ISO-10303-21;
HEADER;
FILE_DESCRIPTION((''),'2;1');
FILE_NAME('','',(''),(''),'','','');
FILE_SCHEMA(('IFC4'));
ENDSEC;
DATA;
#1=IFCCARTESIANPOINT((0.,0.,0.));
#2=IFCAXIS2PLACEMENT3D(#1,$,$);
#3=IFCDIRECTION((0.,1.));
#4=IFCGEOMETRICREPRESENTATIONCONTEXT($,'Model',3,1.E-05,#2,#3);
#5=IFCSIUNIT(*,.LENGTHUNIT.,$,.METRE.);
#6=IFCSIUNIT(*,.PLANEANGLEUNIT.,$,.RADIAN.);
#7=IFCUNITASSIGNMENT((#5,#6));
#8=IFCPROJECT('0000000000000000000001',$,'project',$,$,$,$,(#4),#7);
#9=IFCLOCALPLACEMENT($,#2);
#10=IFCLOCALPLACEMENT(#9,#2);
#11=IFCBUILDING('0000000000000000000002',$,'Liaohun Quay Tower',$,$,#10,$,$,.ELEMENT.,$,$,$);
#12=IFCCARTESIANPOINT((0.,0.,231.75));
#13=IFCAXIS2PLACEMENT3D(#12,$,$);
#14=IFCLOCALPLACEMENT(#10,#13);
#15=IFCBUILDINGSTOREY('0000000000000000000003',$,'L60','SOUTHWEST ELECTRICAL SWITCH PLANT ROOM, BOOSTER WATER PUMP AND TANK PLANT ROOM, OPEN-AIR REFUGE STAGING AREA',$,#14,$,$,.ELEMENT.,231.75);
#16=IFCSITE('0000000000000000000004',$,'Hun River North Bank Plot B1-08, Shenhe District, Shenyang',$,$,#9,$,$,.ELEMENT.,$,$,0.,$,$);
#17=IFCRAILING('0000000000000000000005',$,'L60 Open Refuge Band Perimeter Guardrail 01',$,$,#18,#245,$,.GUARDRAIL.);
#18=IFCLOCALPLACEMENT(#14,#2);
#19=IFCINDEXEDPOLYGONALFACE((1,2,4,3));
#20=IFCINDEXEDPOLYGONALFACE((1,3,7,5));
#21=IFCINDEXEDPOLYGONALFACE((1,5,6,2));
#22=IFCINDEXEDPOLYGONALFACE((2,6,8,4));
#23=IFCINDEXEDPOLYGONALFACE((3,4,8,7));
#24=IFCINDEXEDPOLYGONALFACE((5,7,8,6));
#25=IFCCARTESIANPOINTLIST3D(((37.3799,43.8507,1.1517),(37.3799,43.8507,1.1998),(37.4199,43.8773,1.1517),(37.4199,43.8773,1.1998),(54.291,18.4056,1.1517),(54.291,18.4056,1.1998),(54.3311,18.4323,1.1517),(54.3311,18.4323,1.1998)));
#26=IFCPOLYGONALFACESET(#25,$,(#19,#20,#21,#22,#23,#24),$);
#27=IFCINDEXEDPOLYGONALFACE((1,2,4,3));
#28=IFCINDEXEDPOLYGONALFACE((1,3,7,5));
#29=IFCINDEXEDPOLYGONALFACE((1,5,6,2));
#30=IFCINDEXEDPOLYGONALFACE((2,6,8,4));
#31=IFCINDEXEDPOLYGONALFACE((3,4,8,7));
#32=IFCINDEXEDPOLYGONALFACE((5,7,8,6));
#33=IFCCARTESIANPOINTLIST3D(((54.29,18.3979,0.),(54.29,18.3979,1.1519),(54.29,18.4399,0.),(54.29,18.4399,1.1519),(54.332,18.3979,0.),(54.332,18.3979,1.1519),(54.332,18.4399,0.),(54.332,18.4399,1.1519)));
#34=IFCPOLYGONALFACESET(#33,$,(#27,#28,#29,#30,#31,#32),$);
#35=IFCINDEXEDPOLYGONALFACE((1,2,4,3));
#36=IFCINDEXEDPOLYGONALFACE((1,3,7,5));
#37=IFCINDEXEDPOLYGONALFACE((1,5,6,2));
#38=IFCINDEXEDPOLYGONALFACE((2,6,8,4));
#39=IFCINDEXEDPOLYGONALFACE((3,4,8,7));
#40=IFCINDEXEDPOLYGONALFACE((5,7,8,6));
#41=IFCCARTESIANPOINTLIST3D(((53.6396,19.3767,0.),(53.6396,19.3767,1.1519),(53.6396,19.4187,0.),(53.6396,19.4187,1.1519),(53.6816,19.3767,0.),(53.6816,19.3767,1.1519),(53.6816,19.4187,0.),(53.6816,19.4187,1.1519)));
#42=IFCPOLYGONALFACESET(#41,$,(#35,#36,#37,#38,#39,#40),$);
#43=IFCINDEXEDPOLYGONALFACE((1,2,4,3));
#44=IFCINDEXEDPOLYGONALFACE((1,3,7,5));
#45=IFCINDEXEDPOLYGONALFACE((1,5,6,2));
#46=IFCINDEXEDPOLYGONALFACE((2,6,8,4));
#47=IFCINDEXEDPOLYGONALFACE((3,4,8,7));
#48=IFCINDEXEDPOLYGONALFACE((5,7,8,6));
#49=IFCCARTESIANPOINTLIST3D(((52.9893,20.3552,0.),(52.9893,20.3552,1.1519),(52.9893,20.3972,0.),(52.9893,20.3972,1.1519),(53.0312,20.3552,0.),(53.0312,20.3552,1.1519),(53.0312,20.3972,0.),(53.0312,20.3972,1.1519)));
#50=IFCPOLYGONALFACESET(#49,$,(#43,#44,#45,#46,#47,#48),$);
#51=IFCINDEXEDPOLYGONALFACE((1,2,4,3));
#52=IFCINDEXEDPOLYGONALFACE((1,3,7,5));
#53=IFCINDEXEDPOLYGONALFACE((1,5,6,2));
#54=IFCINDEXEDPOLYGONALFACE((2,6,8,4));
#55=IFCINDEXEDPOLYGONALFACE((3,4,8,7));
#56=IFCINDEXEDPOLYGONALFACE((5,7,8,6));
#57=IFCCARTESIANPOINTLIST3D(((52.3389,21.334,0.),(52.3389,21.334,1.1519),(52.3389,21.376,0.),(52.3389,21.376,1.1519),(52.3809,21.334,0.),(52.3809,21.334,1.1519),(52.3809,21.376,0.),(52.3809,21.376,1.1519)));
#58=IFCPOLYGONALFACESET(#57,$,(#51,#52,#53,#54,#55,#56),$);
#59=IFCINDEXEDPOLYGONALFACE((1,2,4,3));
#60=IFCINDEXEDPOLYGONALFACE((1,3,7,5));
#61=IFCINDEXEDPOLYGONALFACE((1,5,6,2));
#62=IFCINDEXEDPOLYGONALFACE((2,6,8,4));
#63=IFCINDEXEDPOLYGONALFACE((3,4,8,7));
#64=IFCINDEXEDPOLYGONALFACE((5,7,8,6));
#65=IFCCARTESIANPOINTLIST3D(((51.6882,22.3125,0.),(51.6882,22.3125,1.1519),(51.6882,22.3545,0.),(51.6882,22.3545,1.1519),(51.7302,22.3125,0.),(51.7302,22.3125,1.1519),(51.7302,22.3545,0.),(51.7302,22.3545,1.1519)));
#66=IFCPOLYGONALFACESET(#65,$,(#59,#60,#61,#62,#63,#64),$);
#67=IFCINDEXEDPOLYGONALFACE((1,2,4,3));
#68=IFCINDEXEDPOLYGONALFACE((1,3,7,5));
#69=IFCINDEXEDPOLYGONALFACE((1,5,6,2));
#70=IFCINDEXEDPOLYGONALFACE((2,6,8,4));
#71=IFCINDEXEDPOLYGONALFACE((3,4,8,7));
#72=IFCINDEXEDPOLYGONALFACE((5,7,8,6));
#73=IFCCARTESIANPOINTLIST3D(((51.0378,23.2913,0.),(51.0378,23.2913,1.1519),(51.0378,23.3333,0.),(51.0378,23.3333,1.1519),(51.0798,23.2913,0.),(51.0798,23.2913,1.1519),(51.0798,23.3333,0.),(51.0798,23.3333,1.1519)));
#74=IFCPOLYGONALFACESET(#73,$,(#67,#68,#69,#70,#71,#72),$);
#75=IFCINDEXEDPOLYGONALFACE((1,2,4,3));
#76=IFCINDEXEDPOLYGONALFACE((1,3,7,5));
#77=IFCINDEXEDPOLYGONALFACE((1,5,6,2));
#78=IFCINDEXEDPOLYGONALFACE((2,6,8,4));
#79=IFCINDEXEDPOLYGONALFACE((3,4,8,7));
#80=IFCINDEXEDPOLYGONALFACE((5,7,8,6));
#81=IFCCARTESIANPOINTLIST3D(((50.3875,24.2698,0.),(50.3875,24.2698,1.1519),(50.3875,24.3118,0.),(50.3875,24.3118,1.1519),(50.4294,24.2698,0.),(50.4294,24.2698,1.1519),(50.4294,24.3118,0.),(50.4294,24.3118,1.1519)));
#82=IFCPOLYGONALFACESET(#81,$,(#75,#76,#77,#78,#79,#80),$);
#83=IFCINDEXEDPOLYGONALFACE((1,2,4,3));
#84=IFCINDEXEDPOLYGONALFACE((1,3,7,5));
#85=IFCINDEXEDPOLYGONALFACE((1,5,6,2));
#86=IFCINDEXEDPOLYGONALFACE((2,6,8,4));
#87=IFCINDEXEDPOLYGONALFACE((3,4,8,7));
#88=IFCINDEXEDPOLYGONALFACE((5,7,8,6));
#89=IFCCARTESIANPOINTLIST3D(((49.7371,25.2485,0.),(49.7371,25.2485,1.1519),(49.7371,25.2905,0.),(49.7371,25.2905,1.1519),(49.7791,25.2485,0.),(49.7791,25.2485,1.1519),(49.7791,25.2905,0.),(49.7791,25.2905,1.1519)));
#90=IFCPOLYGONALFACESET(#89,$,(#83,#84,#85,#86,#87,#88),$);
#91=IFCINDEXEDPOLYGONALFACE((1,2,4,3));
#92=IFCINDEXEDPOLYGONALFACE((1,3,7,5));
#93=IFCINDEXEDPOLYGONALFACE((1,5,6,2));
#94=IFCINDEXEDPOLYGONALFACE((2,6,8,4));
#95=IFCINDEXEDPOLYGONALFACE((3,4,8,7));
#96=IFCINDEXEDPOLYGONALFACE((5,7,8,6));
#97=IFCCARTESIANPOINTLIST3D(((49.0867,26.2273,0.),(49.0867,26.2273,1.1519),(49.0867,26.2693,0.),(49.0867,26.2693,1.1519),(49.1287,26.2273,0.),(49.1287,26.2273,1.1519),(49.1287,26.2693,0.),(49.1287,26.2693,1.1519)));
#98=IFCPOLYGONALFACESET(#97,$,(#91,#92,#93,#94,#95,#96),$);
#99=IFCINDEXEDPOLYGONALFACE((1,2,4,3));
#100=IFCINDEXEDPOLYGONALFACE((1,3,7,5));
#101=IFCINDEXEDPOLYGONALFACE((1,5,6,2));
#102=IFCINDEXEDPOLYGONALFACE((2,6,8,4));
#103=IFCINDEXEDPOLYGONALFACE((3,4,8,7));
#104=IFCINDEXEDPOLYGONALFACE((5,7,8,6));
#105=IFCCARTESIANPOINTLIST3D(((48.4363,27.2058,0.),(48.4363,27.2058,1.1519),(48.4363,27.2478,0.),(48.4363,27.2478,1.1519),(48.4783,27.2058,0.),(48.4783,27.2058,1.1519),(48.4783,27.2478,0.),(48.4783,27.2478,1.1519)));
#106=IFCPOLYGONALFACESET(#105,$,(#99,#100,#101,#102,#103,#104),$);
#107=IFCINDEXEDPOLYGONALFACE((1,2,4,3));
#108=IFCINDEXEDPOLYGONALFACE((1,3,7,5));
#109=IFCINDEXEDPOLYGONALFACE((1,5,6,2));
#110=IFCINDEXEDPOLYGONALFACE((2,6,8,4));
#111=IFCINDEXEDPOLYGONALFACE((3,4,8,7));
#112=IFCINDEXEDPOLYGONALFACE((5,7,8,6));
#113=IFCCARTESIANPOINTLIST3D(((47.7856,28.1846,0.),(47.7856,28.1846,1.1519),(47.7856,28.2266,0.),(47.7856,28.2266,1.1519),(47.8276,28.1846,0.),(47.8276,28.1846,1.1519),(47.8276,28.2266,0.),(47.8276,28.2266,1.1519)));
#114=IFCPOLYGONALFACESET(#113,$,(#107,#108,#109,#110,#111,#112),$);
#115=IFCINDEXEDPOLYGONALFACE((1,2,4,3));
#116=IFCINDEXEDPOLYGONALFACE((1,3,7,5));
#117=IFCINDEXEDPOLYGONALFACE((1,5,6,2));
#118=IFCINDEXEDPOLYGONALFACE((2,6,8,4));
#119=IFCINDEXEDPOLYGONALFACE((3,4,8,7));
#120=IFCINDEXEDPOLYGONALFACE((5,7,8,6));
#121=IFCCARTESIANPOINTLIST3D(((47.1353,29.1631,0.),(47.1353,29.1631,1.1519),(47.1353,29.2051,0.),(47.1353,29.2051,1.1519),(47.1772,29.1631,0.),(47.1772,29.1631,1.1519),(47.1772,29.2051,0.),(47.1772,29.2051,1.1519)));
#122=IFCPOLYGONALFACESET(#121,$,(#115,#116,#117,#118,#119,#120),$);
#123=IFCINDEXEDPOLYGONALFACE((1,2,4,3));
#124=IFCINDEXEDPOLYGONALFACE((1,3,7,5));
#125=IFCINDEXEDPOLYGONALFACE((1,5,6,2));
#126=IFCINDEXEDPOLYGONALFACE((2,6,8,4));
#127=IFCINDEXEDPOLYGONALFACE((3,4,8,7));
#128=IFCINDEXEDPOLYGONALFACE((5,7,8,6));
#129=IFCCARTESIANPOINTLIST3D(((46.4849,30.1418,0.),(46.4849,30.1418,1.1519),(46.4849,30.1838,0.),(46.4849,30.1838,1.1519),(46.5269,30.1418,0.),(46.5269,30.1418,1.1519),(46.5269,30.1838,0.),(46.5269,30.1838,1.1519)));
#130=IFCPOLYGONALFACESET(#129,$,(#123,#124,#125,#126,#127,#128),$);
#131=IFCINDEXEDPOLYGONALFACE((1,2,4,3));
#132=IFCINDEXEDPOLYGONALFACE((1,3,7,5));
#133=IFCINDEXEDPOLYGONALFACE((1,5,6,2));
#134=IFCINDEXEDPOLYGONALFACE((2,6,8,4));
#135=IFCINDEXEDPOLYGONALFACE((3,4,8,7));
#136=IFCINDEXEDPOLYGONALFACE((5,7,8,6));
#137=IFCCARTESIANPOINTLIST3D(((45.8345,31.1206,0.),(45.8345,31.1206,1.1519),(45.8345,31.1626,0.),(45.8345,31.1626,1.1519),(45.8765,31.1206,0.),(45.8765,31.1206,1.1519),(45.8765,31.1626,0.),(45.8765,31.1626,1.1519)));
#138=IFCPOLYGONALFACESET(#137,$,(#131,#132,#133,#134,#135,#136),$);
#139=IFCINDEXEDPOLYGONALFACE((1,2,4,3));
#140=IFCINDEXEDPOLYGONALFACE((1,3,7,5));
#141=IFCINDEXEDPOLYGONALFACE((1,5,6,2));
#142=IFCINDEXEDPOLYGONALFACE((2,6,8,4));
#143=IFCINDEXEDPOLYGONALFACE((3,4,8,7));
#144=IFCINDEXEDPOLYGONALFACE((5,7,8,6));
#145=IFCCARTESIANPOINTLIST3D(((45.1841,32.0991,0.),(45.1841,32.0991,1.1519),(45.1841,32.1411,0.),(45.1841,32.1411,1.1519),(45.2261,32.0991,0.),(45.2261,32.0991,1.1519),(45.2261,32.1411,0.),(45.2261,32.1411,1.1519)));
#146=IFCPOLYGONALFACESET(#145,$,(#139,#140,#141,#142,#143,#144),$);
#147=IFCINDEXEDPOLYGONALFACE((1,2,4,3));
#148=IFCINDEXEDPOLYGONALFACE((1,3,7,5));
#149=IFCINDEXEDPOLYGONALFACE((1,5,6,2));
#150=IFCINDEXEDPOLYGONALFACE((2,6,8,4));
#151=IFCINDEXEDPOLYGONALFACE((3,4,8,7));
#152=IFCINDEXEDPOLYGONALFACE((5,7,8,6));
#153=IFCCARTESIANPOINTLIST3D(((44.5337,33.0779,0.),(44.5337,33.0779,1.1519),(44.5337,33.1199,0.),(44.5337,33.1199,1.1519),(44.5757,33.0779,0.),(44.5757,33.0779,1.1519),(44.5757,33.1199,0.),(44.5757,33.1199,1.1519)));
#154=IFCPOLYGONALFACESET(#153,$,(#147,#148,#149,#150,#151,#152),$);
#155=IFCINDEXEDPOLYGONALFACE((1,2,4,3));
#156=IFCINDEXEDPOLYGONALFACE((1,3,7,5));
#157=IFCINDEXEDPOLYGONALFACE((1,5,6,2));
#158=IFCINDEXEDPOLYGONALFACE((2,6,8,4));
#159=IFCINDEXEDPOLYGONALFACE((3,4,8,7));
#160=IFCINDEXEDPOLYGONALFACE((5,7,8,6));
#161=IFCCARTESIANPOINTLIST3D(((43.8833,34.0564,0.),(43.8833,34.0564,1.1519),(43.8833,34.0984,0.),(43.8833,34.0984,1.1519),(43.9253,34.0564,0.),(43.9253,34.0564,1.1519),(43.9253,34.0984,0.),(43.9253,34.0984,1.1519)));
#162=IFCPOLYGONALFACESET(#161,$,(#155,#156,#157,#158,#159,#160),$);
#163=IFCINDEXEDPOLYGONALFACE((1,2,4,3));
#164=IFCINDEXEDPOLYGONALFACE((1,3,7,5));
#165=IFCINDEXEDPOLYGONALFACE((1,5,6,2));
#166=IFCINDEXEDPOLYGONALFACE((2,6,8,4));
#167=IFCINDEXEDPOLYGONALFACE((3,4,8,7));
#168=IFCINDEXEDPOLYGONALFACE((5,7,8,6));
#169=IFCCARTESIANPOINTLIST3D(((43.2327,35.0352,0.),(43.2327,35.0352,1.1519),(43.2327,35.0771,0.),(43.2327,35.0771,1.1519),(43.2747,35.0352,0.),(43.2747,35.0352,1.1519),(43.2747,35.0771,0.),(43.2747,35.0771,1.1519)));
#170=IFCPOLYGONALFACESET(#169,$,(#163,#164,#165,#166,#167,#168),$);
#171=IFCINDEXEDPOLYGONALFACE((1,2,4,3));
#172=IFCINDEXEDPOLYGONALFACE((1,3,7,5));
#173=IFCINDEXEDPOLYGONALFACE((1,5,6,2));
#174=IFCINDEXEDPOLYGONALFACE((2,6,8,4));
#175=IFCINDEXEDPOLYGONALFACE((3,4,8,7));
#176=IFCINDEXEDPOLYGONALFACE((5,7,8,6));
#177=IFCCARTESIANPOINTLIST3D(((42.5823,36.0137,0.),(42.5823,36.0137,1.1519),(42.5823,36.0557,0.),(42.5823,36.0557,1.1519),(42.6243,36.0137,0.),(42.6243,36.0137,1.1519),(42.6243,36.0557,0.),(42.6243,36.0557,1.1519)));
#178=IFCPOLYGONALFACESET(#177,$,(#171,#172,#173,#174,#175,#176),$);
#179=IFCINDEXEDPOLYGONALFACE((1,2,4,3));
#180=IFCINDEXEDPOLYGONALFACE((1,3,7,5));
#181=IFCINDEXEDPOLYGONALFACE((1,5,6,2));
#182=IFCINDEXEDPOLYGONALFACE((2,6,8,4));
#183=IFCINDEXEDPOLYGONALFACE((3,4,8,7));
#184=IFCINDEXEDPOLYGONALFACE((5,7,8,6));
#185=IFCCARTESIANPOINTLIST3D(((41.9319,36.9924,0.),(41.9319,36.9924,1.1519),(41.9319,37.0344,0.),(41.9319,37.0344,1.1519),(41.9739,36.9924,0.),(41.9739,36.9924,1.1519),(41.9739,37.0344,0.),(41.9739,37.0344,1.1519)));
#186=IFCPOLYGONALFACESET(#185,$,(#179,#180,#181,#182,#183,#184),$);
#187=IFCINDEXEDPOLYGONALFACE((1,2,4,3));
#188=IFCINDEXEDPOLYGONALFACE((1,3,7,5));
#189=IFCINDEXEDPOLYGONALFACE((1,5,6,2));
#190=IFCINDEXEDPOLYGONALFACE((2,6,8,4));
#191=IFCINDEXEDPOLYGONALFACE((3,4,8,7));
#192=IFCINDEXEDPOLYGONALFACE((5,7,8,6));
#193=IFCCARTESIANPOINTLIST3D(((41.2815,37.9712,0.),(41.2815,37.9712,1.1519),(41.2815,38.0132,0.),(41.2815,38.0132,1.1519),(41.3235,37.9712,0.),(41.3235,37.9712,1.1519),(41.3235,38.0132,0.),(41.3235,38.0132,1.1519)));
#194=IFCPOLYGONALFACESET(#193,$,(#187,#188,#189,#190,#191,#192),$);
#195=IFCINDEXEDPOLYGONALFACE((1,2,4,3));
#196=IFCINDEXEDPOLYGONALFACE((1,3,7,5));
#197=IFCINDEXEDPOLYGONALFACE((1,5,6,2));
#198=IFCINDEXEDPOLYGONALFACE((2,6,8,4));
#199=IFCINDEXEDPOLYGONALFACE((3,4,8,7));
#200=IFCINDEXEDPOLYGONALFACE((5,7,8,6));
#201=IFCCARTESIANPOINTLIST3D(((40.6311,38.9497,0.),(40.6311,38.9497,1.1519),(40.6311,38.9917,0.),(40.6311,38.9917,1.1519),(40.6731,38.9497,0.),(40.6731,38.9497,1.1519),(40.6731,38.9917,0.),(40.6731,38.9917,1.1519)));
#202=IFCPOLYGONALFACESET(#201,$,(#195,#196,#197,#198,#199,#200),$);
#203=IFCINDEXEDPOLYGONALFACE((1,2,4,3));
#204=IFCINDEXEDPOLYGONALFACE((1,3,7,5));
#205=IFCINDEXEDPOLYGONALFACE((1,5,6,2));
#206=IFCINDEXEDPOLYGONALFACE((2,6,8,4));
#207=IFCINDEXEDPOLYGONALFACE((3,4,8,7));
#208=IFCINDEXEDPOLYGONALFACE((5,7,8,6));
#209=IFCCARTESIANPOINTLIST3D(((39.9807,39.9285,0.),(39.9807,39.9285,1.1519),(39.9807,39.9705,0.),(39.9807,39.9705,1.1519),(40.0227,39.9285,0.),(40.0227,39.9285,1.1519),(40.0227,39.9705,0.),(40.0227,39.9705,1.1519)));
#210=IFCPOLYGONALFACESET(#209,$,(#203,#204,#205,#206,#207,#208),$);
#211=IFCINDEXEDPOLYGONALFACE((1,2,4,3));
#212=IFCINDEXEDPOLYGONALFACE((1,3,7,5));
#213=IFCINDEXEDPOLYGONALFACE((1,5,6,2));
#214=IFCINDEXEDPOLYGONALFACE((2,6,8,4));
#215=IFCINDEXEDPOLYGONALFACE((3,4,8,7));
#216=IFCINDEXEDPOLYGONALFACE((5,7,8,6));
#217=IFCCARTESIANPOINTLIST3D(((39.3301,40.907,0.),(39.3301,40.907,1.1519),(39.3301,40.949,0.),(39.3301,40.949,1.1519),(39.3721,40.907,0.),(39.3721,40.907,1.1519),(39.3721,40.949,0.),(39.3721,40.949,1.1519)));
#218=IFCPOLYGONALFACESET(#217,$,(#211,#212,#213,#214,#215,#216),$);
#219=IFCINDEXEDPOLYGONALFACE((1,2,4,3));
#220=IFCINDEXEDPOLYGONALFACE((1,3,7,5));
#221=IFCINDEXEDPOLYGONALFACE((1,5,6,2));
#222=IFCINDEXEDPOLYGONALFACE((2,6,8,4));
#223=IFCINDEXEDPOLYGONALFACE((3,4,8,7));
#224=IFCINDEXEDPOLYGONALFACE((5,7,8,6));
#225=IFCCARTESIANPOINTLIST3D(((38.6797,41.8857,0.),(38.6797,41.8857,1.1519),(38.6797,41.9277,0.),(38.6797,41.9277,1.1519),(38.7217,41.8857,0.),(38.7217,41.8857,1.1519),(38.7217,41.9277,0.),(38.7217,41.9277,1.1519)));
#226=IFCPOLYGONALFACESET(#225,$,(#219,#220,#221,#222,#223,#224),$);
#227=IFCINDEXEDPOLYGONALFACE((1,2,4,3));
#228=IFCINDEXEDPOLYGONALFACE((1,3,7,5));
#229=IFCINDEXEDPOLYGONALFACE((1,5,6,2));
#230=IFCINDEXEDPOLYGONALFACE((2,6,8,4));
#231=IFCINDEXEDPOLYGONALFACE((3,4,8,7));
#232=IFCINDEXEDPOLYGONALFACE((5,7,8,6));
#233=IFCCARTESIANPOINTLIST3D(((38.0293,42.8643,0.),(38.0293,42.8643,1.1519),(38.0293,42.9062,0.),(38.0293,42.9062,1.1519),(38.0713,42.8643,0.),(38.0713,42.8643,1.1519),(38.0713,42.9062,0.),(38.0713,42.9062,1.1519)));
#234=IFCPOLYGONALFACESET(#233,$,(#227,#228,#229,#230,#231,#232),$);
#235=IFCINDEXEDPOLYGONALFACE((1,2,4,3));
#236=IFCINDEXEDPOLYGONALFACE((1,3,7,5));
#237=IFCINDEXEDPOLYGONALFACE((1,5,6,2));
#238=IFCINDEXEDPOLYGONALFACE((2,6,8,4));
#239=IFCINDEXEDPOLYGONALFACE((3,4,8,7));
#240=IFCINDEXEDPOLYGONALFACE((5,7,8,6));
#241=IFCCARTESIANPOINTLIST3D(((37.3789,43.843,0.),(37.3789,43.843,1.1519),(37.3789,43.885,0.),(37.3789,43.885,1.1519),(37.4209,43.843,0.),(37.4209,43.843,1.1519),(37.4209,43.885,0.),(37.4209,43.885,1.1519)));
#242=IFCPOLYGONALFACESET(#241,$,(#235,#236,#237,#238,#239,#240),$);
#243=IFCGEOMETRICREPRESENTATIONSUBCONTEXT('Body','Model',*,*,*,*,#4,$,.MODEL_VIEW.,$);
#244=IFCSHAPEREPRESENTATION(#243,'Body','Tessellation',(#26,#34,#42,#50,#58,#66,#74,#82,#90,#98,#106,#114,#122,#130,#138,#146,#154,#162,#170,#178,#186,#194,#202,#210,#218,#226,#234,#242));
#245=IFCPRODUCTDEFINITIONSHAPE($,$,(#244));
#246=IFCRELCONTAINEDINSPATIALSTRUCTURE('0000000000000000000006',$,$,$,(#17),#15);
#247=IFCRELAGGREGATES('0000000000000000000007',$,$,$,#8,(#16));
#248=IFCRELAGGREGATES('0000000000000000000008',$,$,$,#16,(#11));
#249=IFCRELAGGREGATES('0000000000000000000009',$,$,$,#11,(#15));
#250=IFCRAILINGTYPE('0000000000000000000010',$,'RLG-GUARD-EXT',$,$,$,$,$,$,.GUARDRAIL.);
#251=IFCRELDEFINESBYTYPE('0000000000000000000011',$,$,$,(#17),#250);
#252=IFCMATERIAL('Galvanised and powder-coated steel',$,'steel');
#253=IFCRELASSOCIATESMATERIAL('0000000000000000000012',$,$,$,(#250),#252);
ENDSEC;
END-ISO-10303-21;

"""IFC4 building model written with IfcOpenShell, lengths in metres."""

from ifc_helpers import new_model, si_unit, direction, frame, origin, origin_2d, place, context, subcontext, project, spatial, rectangle, extrude, material, type_object, element, save


model = new_model("IFC4")

# Units and contexts
model_context = context("Model", 3, precision=1e-05, world=origin(), true_north=direction((0.0, 1.0)))
body_context = subcontext(model_context, "Body", "Model", "MODEL_VIEW")
ifc_project = project(units=[si_unit("LENGTHUNIT", "METRE"), si_unit("PLANEANGLEUNIT", "RADIAN")], contexts=[model_context])

# Site, building, storey
site_placement = place(None, origin())
site = spatial("IfcSite", under=ifc_project, at=site_placement, Name="Hun River North Bank Plot B1-08, Shenhe District, Shenyang", CompositionType="ELEMENT", RefElevation=0.0)
building_placement = place(site_placement, origin())
building = spatial("IfcBuilding", under=site, at=building_placement, Name="Liaohun Quay Tower", CompositionType="ELEMENT")
storey_placement = place(building_placement, frame((0.0, 0.0, 231.75)))
storey = spatial("IfcBuildingStorey", under=building, at=storey_placement, Name="L60", Description="SOUTHWEST ELECTRICAL SWITCH PLANT ROOM, BOOSTER WATER PUMP AND TANK PLANT ROOM, OPEN-AIR REFUGE STAGING AREA", CompositionType="ELEMENT", Elevation=231.75)

# Railing
ifc_material_1 = material(Name="Galvanised and powder-coated steel", Category="steel")
railing_type = type_object("IfcRailingType", Name="RLG-GUARD-EXT", PredefinedType="GUARDRAIL", material=ifc_material_1)
railing_placement = place(storey_placement, frame((54.311, 18.4189, 0.0)))
element("IfcRailing", 1, at=railing_placement, inside=storey, type_object=railing_type, Name="L60 Open Refuge Band Perimeter Guardrail 01", PredefinedType="GUARDRAIL", context=body_context, shape_type="SweptSolid", body=[
    extrude(rectangle(XDim=0.0481, YDim=0.0481, at=origin_2d()), frame((0.0, 0.0, 1.1758), z_axis=(-0.553516, 0.832839, 0.0), x_axis=(-0.832839, -0.553516, 0.0)), (0.0, 0.0, 1.0), 30.5522),
    extrude(rectangle(XDim=0.042, YDim=0.042, at=origin_2d()), origin(), (0.0, 0.0, 1.0), 1.1519),
    extrude(rectangle(XDim=0.042, YDim=0.042, at=origin_2d()), frame((-0.6504, 0.9788, 0.0)), (0.0, 0.0, 1.0), 1.1519),
    extrude(rectangle(XDim=0.042, YDim=0.042, at=origin_2d()), frame((-1.3008, 1.9573, 0.0)), (0.0, 0.0, 1.0), 1.1519),
    extrude(rectangle(XDim=0.042, YDim=0.042, at=origin_2d()), frame((-1.9512, 2.936, 0.0)), (0.0, 0.0, 1.0), 1.1519),
    extrude(rectangle(XDim=0.042, YDim=0.042, at=origin_2d()), frame((-2.6018, 3.9146, 0.0)), (0.0, 0.0, 1.0), 1.1519),
    extrude(rectangle(XDim=0.042, YDim=0.042, at=origin_2d()), frame((-3.2522, 4.8933, 0.0)), (0.0, 0.0, 1.0), 1.1519),
    extrude(rectangle(XDim=0.042, YDim=0.042, at=origin_2d()), frame((-3.9026, 5.8718, 0.0)), (0.0, 0.0, 1.0), 1.1519),
    extrude(rectangle(XDim=0.042, YDim=0.042, at=origin_2d()), frame((-4.553, 6.8506, 0.0)), (0.0, 0.0, 1.0), 1.1519),
    extrude(rectangle(XDim=0.042, YDim=0.042, at=origin_2d()), frame((-5.2034, 7.8293, 0.0)), (0.0, 0.0, 1.0), 1.1519),
    extrude(rectangle(XDim=0.042, YDim=0.042, at=origin_2d()), frame((-5.8538, 8.8079, 0.0)), (0.0, 0.0, 1.0), 1.1519),
    extrude(rectangle(XDim=0.042, YDim=0.042, at=origin_2d()), frame((-6.5044, 9.7866, 0.0)), (0.0, 0.0, 1.0), 1.1519),
    extrude(rectangle(XDim=0.042, YDim=0.042, at=origin_2d()), frame((-7.1548, 10.7651, 0.0)), (0.0, 0.0, 1.0), 1.1519),
    extrude(rectangle(XDim=0.042, YDim=0.042, at=origin_2d()), frame((-7.8052, 11.7439, 0.0)), (0.0, 0.0, 1.0), 1.1519),
    extrude(rectangle(XDim=0.042, YDim=0.042, at=origin_2d()), frame((-8.4556, 12.7227, 0.0)), (0.0, 0.0, 1.0), 1.1519),
    extrude(rectangle(XDim=0.042, YDim=0.042, at=origin_2d()), frame((-9.106, 13.7012, 0.0)), (0.0, 0.0, 1.0), 1.1519),
    extrude(rectangle(XDim=0.042, YDim=0.042, at=origin_2d()), frame((-9.7563, 14.6799, 0.0)), (0.0, 0.0, 1.0), 1.1519),
    extrude(rectangle(XDim=0.042, YDim=0.042, at=origin_2d()), frame((-10.4067, 15.6584, 0.0)), (0.0, 0.0, 1.0), 1.1519),
    extrude(rectangle(XDim=0.042, YDim=0.042, at=origin_2d()), frame((-11.0574, 16.6372, 0.0)), (0.0, 0.0, 1.0), 1.1519),
    extrude(rectangle(XDim=0.042, YDim=0.042, at=origin_2d()), frame((-11.7078, 17.6157, 0.0)), (0.0, 0.0, 1.0), 1.1519),
    extrude(rectangle(XDim=0.042, YDim=0.042, at=origin_2d()), frame((-12.3582, 18.5945, 0.0)), (0.0, 0.0, 1.0), 1.1519),
    extrude(rectangle(XDim=0.042, YDim=0.042, at=origin_2d()), frame((-13.0085, 19.5732, 0.0)), (0.0, 0.0, 1.0), 1.1519),
    extrude(rectangle(XDim=0.042, YDim=0.042, at=origin_2d()), frame((-13.6589, 20.5518, 0.0)), (0.0, 0.0, 1.0), 1.1519),
    extrude(rectangle(XDim=0.042, YDim=0.042, at=origin_2d()), frame((-14.3093, 21.5305, 0.0)), (0.0, 0.0, 1.0), 1.1519),
    extrude(rectangle(XDim=0.042, YDim=0.042, at=origin_2d()), frame((-14.96, 22.509, 0.0)), (0.0, 0.0, 1.0), 1.1519),
    extrude(rectangle(XDim=0.042, YDim=0.042, at=origin_2d()), frame((-15.6104, 23.4878, 0.0)), (0.0, 0.0, 1.0), 1.1519),
    extrude(rectangle(XDim=0.042, YDim=0.042, at=origin_2d()), frame((-16.2607, 24.4663, 0.0)), (0.0, 0.0, 1.0), 1.1519),
    extrude(rectangle(XDim=0.042, YDim=0.042, at=origin_2d()), frame((-16.9111, 25.4451, 0.0)), (0.0, 0.0, 1.0), 1.1519),
])

save(model, "model.ifc")
